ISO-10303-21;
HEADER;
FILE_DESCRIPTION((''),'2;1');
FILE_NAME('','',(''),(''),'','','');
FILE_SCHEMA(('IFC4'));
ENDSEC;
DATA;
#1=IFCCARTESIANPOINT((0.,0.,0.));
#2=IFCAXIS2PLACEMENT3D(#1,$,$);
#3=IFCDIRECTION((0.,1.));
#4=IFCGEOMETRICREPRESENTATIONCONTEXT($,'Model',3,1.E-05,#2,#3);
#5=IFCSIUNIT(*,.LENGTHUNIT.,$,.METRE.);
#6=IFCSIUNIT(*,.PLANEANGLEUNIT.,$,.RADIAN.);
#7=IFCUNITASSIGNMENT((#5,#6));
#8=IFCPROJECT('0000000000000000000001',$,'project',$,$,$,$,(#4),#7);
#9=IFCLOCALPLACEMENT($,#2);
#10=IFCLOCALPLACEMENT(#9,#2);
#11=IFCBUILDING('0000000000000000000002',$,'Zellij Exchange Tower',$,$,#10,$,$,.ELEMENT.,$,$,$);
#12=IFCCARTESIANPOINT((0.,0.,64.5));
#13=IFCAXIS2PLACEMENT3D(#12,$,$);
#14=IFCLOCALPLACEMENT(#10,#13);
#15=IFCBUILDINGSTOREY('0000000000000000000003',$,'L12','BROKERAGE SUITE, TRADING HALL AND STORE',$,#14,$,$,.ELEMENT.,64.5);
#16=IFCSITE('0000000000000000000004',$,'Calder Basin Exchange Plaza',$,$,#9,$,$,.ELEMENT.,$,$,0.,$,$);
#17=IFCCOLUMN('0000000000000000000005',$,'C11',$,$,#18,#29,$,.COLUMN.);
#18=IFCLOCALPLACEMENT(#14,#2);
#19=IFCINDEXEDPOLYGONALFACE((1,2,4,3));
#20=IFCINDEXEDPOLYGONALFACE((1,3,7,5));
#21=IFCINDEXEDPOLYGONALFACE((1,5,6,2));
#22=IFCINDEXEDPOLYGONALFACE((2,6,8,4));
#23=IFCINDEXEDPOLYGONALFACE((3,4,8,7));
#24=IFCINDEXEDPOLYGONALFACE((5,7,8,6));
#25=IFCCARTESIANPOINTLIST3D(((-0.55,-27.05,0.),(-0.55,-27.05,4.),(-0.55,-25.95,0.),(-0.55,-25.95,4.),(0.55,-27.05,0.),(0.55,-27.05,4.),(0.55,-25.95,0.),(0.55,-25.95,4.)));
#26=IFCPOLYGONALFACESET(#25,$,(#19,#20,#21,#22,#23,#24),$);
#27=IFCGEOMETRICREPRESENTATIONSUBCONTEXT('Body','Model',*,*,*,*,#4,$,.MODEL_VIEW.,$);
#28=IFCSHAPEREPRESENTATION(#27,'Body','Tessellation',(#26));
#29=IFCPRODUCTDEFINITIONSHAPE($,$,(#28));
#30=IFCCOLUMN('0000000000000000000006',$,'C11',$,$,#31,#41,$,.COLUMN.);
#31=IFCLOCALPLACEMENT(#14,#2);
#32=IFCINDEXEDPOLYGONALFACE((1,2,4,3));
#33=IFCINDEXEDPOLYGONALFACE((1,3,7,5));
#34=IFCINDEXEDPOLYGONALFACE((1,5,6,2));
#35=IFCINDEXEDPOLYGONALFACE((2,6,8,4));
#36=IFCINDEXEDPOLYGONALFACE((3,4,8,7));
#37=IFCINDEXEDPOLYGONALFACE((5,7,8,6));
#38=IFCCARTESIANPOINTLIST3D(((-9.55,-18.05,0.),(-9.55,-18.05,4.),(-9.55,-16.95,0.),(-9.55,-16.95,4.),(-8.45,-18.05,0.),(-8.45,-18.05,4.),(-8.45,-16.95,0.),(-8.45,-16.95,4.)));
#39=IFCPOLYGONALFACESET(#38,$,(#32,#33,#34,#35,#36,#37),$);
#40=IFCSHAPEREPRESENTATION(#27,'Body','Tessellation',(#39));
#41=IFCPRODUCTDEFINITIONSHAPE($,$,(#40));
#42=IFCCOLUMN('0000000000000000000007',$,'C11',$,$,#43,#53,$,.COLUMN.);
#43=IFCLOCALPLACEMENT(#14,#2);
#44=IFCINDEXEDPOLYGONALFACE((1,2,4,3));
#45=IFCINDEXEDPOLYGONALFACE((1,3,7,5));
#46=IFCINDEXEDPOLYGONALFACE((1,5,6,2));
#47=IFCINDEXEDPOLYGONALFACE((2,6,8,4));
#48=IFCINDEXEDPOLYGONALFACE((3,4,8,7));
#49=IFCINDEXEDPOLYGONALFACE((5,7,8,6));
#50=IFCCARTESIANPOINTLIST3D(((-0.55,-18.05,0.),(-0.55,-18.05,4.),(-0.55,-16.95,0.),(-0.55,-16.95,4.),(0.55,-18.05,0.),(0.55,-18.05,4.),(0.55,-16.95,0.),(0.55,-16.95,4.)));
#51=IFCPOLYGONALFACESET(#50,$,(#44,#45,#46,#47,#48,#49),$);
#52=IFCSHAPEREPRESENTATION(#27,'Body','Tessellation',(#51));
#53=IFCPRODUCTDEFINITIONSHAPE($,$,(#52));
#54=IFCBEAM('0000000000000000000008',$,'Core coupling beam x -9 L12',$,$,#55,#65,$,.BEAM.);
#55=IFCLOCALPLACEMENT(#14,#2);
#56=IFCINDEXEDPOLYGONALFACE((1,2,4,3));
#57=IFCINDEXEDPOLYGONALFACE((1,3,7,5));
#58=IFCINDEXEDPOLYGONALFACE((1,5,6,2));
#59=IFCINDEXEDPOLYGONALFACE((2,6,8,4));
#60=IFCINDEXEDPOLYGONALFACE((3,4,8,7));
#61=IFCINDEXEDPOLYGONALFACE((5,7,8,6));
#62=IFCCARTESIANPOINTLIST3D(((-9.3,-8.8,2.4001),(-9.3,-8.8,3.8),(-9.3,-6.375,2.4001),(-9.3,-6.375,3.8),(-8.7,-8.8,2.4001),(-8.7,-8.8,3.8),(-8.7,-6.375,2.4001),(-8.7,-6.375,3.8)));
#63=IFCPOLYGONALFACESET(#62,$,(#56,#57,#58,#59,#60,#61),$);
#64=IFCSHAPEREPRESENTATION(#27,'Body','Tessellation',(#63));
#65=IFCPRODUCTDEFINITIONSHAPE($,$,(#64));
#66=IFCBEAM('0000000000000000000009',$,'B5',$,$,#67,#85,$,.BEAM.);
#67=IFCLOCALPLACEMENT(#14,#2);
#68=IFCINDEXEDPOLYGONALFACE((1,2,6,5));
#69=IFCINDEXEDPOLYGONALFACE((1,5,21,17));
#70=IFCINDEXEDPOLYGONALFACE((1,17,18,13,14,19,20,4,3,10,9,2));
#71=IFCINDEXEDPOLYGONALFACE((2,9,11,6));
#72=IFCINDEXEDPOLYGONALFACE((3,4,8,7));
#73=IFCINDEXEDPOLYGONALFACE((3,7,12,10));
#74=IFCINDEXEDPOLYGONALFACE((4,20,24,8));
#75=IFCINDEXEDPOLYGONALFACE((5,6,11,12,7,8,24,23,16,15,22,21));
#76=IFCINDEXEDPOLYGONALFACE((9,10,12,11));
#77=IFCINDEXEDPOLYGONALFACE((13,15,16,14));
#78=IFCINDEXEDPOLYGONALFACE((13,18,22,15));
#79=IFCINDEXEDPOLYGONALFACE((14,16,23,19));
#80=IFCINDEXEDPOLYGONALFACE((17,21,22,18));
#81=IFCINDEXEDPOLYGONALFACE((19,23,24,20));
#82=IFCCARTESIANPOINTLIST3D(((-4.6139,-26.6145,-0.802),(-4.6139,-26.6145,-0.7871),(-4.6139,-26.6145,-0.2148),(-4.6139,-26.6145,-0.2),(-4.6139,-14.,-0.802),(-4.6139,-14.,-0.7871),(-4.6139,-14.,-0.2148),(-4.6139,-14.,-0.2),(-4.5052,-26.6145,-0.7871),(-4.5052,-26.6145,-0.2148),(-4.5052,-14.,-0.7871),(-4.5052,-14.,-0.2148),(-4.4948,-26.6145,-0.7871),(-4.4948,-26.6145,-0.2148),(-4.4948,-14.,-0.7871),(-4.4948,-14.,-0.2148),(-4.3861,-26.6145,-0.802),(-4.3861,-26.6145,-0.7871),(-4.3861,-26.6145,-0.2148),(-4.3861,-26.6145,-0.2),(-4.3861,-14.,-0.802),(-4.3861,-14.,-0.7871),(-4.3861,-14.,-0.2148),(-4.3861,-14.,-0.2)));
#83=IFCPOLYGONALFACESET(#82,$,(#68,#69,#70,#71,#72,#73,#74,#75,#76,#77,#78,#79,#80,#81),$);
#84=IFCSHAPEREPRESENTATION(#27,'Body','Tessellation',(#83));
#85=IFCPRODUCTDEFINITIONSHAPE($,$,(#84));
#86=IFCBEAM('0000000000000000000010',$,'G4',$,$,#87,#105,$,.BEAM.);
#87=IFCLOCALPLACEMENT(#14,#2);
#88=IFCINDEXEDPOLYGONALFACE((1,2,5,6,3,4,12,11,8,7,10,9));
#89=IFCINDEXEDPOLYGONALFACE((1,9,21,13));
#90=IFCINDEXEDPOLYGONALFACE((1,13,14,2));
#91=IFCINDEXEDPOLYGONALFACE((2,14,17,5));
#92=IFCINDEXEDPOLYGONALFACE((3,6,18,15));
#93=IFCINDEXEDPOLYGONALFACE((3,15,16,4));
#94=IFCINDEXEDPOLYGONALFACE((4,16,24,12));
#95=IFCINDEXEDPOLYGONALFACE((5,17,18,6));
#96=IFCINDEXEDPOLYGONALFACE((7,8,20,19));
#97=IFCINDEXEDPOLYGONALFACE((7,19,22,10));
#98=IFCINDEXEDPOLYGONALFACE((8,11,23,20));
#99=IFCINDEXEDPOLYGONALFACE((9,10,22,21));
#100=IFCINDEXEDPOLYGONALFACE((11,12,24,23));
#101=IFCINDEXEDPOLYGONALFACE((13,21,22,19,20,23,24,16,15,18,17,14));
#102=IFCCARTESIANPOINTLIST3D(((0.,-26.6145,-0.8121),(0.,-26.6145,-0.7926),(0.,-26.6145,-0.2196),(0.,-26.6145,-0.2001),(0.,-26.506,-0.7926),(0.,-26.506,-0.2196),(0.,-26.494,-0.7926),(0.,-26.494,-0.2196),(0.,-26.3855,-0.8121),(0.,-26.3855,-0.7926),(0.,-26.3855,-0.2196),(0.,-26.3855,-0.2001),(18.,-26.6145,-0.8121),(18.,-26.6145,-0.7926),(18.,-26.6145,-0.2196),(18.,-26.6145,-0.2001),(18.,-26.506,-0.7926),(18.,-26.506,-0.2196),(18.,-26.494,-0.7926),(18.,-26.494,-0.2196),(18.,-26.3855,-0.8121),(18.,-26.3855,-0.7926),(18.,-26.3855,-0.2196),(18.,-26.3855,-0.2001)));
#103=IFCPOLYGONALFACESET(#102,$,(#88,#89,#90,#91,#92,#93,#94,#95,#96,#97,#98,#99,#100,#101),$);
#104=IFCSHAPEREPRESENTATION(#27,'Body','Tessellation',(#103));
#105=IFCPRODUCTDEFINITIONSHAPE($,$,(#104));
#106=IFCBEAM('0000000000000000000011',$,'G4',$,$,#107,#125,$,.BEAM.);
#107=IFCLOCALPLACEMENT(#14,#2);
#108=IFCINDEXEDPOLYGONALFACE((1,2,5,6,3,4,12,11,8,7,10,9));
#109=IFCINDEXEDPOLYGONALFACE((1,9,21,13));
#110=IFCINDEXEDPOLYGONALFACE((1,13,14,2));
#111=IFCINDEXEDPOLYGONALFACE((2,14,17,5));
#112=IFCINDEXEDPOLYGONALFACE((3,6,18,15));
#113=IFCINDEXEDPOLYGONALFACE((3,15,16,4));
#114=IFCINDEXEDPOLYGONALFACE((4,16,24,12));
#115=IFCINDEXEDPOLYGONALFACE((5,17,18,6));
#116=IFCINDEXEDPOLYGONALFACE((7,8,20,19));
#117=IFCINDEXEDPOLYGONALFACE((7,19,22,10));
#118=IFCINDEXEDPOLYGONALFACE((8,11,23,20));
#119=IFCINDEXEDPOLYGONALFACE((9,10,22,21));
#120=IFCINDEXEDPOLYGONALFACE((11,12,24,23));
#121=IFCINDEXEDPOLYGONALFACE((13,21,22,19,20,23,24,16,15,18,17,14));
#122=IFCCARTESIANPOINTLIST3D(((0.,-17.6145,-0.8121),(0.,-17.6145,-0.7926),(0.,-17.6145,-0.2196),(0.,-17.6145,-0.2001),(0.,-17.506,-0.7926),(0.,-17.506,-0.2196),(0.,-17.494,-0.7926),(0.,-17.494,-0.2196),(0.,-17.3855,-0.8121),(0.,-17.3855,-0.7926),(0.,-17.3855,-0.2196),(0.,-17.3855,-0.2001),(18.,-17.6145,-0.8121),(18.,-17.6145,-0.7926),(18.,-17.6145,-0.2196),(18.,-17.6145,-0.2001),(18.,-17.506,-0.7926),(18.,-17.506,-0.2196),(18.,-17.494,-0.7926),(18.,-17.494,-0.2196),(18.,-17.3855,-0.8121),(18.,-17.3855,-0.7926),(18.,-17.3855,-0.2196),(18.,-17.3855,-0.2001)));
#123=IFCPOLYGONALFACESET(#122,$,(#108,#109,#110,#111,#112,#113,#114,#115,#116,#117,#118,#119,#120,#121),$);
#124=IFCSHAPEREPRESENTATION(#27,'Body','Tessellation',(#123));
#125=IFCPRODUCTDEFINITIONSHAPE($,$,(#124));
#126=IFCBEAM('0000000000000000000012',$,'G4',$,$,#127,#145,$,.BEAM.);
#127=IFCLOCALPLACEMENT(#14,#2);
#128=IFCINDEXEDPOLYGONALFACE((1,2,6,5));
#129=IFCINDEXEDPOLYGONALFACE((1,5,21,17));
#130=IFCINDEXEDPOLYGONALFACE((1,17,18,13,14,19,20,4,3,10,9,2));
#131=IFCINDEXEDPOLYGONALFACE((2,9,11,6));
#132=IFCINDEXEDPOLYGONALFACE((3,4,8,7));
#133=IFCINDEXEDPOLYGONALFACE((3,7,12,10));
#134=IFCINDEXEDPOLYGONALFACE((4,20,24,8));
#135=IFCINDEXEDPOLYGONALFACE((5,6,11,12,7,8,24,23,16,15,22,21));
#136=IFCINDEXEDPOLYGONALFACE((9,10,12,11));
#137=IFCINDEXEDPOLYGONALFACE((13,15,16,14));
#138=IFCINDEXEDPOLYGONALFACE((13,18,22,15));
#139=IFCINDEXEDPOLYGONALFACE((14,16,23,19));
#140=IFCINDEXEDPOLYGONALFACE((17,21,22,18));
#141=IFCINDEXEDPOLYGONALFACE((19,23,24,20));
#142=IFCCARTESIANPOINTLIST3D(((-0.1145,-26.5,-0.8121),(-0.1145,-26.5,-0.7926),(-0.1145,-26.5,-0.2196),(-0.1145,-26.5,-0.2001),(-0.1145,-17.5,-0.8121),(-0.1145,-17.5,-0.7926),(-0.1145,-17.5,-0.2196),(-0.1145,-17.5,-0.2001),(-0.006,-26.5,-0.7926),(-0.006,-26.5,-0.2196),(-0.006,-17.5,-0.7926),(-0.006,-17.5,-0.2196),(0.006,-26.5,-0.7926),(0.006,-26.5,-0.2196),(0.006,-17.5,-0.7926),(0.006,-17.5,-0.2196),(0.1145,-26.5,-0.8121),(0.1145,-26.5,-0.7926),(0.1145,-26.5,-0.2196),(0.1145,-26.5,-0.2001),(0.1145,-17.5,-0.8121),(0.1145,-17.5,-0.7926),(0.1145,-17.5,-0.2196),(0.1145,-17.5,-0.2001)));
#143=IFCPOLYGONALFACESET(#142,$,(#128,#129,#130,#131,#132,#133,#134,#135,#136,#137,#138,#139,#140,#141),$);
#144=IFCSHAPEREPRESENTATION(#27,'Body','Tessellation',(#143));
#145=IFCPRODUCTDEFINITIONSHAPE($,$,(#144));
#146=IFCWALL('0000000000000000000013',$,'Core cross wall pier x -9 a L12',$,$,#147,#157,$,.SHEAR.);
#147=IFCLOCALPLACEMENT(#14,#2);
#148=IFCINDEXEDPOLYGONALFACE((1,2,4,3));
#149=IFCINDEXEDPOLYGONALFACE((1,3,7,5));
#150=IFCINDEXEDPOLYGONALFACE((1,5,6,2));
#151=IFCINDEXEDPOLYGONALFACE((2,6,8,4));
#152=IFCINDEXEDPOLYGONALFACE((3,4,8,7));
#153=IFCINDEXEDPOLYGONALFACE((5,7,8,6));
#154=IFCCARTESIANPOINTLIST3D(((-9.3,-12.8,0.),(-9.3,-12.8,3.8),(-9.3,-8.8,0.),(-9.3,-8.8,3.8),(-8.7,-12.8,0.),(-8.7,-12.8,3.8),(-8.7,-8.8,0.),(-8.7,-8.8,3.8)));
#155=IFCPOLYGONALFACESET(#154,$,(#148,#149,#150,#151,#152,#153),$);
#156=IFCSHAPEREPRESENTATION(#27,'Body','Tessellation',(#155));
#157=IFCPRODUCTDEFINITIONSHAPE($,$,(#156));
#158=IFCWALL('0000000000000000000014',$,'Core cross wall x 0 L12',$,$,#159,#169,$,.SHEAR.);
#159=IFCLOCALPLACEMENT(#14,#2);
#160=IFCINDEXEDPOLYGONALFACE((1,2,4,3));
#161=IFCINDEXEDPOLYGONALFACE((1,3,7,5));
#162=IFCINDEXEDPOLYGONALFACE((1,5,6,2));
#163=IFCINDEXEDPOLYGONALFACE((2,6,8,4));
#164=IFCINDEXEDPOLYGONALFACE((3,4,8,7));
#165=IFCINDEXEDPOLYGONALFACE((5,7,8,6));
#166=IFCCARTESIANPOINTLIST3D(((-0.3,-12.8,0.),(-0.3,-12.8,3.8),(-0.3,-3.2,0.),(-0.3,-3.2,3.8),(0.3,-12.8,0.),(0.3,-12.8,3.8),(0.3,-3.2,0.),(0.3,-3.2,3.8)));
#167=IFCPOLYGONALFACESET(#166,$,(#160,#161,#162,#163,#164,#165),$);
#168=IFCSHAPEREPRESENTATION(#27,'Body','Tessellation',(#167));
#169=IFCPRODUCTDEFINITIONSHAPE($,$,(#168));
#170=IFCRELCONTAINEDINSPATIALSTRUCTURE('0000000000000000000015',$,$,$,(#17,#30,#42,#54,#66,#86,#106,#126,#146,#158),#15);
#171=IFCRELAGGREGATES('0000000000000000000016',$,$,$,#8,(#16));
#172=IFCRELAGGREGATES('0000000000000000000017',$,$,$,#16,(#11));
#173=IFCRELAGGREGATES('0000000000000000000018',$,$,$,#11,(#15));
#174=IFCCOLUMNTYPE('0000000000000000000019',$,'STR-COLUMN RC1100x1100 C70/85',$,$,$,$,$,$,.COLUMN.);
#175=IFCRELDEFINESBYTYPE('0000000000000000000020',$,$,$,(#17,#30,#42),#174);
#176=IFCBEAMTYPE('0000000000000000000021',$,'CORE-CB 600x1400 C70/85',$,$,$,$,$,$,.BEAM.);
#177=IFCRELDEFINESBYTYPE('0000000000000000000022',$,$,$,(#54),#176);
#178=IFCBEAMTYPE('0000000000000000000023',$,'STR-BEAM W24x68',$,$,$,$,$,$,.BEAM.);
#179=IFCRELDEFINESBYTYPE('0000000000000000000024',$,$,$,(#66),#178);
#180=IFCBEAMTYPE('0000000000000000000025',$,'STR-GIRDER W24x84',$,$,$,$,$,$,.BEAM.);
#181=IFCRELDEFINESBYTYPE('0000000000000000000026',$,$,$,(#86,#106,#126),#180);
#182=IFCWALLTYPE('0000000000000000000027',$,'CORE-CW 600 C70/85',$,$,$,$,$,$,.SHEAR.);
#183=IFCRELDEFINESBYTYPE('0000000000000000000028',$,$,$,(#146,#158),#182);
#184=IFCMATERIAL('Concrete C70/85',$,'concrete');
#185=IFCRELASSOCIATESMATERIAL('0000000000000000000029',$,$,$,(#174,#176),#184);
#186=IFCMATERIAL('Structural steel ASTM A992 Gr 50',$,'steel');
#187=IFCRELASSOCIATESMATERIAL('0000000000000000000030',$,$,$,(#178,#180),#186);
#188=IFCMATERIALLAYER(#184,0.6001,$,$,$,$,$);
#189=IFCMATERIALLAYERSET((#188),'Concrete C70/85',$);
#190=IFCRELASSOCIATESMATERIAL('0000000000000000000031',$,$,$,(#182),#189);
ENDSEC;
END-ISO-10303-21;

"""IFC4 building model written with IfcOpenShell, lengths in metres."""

from ifc_helpers import new_model, si_unit, direction, frame, frame_2d, origin, origin_2d, place, context, subcontext, project, spatial, rectangle, i_section, extrude, material, layer, layer_set, material_profile, profile_set, type_object, element, save


model = new_model("IFC4")

# Units and contexts
model_context = context("Model", 3, precision=1e-05, world=origin(), true_north=direction((0.0, 1.0)))
body_context = subcontext(model_context, "Body", "Model", "MODEL_VIEW")
ifc_project = project(units=[si_unit("LENGTHUNIT", "METRE"), si_unit("PLANEANGLEUNIT", "RADIAN")], contexts=[model_context])

# Site, building, storey
site_placement = place(None, origin())
site = spatial("IfcSite", under=ifc_project, at=site_placement, Name="Calder Basin Exchange Plaza", CompositionType="ELEMENT", RefElevation=0.0)
building_placement = place(site_placement, origin())
building = spatial("IfcBuilding", under=site, at=building_placement, Name="Zellij Exchange Tower", CompositionType="ELEMENT")
storey_placement = place(building_placement, frame((0.0, 0.0, 64.5)))
storey = spatial("IfcBuildingStorey", under=building, at=storey_placement, Name="L12", Description="BROKERAGE SUITE, TRADING HALL AND STORE", CompositionType="ELEMENT", Elevation=64.5)

# Columns
ifc_material_1 = material(Name="Concrete C70/85", Category="concrete")
ifc_material_profile_1 = material_profile(ifc_material_1, rectangle(XDim=1.1001, YDim=1.1001, at=origin_2d()), Name="STR-COLUMN RC1100x1100 C70/85")
ifc_profile_set_1 = profile_set([ifc_material_profile_1], Name="Concrete C70/85")
column_type = type_object("IfcColumnType", Name="STR-COLUMN RC1100x1100 C70/85", PredefinedType="COLUMN", material=ifc_profile_set_1)
for number, where, z_axis, x_axis, name in (
    (1, (0.0, -26.5, 0.0), (0.0, 0.0, 1.0), (1.0, 0.0, 0.0), "C11"),
    (2, (-9.0, -17.5, 0.0), (0.0, 0.0, 1.0), (1.0, 0.0, 0.0), "C11"),
    (3, (0.0, -17.5, 0.0), (0.0, 0.0, 1.0), (1.0, 0.0, 0.0), "C11"),
):
    element("IfcColumn", number, at=place(storey_placement, frame(where, z_axis=z_axis, x_axis=x_axis)), inside=storey, type_object=column_type, Name=name, PredefinedType="COLUMN", context=body_context, shape_type="SweptSolid", body=[
        extrude(rectangle(XDim=1.1001, YDim=1.1001, at=origin_2d()), origin(), (0.0, 0.0, 1.0), 4.0),
    ])

# Beams
ifc_material_profile_2 = material_profile(ifc_material_1, rectangle(XDim=0.6001, YDim=1.3999, at=origin_2d()), Name="CORE-CB 600x1400 C70/85")
ifc_profile_set_2 = profile_set([ifc_material_profile_2], Name="Concrete C70/85")
beam_type_1 = type_object("IfcBeamType", Name="CORE-CB 600x1400 C70/85", PredefinedType="BEAM", material=ifc_profile_set_2)
beam_1_placement = place(storey_placement, frame((-9.0, -8.8, 3.1001), z_axis=(0.0, 1.0, 0.0), x_axis=(-1.0, 0.0, 0.0)))
element("IfcBeam", 4, at=beam_1_placement, inside=storey, type_object=beam_type_1, Name="Core coupling beam x -9 L12", PredefinedType="BEAM", context=body_context, shape_type="SweptSolid", body=[
    extrude(rectangle(XDim=0.6001, YDim=1.3999, at=origin_2d()), origin(), (0.0, 0.0, 1.0), 2.425),
])
ifc_material_2 = material(Name="Structural steel ASTM A992 Gr 50", Category="steel")
ifc_material_profile_3 = material_profile(ifc_material_2, i_section(OverallWidth=0.2278, OverallDepth=0.6021, WebThickness=0.0105, FlangeThickness=0.0149, at=origin_2d()), Name="W24x68")
ifc_profile_set_3 = profile_set([ifc_material_profile_3], Name="Structural steel ASTM A992 Gr 50")
beam_type_2 = type_object("IfcBeamType", Name="STR-BEAM W24x68", PredefinedType="BEAM", material=ifc_profile_set_3)
beam_2_placement = place(storey_placement, frame((-4.5, -26.6145, -0.501), z_axis=(0.0, 1.0, 0.0), x_axis=(-1.0, 0.0, 0.0)))
element("IfcBeam", 5, at=beam_2_placement, inside=storey, type_object=beam_type_2, Name="B5", PredefinedType="BEAM", context=body_context, shape_type="SweptSolid", body=[
    extrude(i_section(OverallWidth=0.2278, OverallDepth=0.6021, WebThickness=0.0105, FlangeThickness=0.0149, at=origin_2d()), origin(), (0.0, 0.0, 1.0), 12.6145),
])
ifc_material_profile_4 = material_profile(ifc_material_2, i_section(OverallWidth=0.229, OverallDepth=0.6121, WebThickness=0.012, FlangeThickness=0.0195, at=origin_2d()), Name="W24x84")
ifc_profile_set_4 = profile_set([ifc_material_profile_4], Name="Structural steel ASTM A992 Gr 50")
beam_type_3 = type_object("IfcBeamType", Name="STR-GIRDER W24x84", PredefinedType="BEAM", material=ifc_profile_set_4)
for number, where, z_axis, x_axis, name in (
    (6, (0.0, -26.5, -0.5061), (1.0, 0.0, 0.0), (0.0, 1.0, 0.0), "G4"),
    (7, (0.0, -17.5, -0.5061), (1.0, 0.0, 0.0), (0.0, 1.0, 0.0), "G4"),
):
    element("IfcBeam", number, at=place(storey_placement, frame(where, z_axis=z_axis, x_axis=x_axis)), inside=storey, type_object=beam_type_3, Name=name, PredefinedType="BEAM", context=body_context, shape_type="SweptSolid", body=[
        extrude(i_section(OverallWidth=0.229, OverallDepth=0.6121, WebThickness=0.012, FlangeThickness=0.0195, at=origin_2d()), origin(), (0.0, 0.0, 1.0), 18.0),
    ])
beam_3_placement = place(storey_placement, frame((0.0, -26.5, -0.5061), z_axis=(0.0, 1.0, 0.0), x_axis=(-1.0, 0.0, 0.0)))
element("IfcBeam", 8, at=beam_3_placement, inside=storey, type_object=beam_type_3, Name="G4", PredefinedType="BEAM", context=body_context, shape_type="SweptSolid", body=[
    extrude(i_section(OverallWidth=0.229, OverallDepth=0.6121, WebThickness=0.012, FlangeThickness=0.0195, at=origin_2d()), origin(), (0.0, 0.0, 1.0), 9.0),
])

# Walls
ifc_layer_1 = layer(ifc_material_1, 0.6001)
ifc_layer_set_1 = layer_set([ifc_layer_1], Name="Concrete C70/85")
wall_type_1 = type_object("IfcWallType", Name="CORE-CW 600 C70/85", PredefinedType="SHEAR", material=ifc_layer_set_1)
wall_1_placement = place(storey_placement, frame((-9.0, -12.8, 0.0), z_axis=(0.0, 0.0, 1.0), x_axis=(0.0, 1.0, 0.0)))
element("IfcWall", 9, at=wall_1_placement, inside=storey, type_object=wall_type_1, Name="Core cross wall pier x -9 a L12", PredefinedType="SHEAR", context=body_context, shape_type="SweptSolid", body=[
    extrude(rectangle(XDim=4.0, YDim=0.6001, at=frame_2d((2.0, 0.0))), origin(), (0.0, 0.0, 1.0), 3.8),
])
wall_2_placement = place(storey_placement, frame((0.0, -12.8, 0.0), z_axis=(0.0, 0.0, 1.0), x_axis=(0.0, 1.0, 0.0)))
element("IfcWall", 10, at=wall_2_placement, inside=storey, type_object=wall_type_1, Name="Core cross wall x 0 L12", PredefinedType="SHEAR", context=body_context, shape_type="SweptSolid", body=[
    extrude(rectangle(XDim=9.6001, YDim=0.6001, at=frame_2d((4.8, 0.0))), origin(), (0.0, 0.0, 1.0), 3.8),
])

save(model, "model.ifc")
